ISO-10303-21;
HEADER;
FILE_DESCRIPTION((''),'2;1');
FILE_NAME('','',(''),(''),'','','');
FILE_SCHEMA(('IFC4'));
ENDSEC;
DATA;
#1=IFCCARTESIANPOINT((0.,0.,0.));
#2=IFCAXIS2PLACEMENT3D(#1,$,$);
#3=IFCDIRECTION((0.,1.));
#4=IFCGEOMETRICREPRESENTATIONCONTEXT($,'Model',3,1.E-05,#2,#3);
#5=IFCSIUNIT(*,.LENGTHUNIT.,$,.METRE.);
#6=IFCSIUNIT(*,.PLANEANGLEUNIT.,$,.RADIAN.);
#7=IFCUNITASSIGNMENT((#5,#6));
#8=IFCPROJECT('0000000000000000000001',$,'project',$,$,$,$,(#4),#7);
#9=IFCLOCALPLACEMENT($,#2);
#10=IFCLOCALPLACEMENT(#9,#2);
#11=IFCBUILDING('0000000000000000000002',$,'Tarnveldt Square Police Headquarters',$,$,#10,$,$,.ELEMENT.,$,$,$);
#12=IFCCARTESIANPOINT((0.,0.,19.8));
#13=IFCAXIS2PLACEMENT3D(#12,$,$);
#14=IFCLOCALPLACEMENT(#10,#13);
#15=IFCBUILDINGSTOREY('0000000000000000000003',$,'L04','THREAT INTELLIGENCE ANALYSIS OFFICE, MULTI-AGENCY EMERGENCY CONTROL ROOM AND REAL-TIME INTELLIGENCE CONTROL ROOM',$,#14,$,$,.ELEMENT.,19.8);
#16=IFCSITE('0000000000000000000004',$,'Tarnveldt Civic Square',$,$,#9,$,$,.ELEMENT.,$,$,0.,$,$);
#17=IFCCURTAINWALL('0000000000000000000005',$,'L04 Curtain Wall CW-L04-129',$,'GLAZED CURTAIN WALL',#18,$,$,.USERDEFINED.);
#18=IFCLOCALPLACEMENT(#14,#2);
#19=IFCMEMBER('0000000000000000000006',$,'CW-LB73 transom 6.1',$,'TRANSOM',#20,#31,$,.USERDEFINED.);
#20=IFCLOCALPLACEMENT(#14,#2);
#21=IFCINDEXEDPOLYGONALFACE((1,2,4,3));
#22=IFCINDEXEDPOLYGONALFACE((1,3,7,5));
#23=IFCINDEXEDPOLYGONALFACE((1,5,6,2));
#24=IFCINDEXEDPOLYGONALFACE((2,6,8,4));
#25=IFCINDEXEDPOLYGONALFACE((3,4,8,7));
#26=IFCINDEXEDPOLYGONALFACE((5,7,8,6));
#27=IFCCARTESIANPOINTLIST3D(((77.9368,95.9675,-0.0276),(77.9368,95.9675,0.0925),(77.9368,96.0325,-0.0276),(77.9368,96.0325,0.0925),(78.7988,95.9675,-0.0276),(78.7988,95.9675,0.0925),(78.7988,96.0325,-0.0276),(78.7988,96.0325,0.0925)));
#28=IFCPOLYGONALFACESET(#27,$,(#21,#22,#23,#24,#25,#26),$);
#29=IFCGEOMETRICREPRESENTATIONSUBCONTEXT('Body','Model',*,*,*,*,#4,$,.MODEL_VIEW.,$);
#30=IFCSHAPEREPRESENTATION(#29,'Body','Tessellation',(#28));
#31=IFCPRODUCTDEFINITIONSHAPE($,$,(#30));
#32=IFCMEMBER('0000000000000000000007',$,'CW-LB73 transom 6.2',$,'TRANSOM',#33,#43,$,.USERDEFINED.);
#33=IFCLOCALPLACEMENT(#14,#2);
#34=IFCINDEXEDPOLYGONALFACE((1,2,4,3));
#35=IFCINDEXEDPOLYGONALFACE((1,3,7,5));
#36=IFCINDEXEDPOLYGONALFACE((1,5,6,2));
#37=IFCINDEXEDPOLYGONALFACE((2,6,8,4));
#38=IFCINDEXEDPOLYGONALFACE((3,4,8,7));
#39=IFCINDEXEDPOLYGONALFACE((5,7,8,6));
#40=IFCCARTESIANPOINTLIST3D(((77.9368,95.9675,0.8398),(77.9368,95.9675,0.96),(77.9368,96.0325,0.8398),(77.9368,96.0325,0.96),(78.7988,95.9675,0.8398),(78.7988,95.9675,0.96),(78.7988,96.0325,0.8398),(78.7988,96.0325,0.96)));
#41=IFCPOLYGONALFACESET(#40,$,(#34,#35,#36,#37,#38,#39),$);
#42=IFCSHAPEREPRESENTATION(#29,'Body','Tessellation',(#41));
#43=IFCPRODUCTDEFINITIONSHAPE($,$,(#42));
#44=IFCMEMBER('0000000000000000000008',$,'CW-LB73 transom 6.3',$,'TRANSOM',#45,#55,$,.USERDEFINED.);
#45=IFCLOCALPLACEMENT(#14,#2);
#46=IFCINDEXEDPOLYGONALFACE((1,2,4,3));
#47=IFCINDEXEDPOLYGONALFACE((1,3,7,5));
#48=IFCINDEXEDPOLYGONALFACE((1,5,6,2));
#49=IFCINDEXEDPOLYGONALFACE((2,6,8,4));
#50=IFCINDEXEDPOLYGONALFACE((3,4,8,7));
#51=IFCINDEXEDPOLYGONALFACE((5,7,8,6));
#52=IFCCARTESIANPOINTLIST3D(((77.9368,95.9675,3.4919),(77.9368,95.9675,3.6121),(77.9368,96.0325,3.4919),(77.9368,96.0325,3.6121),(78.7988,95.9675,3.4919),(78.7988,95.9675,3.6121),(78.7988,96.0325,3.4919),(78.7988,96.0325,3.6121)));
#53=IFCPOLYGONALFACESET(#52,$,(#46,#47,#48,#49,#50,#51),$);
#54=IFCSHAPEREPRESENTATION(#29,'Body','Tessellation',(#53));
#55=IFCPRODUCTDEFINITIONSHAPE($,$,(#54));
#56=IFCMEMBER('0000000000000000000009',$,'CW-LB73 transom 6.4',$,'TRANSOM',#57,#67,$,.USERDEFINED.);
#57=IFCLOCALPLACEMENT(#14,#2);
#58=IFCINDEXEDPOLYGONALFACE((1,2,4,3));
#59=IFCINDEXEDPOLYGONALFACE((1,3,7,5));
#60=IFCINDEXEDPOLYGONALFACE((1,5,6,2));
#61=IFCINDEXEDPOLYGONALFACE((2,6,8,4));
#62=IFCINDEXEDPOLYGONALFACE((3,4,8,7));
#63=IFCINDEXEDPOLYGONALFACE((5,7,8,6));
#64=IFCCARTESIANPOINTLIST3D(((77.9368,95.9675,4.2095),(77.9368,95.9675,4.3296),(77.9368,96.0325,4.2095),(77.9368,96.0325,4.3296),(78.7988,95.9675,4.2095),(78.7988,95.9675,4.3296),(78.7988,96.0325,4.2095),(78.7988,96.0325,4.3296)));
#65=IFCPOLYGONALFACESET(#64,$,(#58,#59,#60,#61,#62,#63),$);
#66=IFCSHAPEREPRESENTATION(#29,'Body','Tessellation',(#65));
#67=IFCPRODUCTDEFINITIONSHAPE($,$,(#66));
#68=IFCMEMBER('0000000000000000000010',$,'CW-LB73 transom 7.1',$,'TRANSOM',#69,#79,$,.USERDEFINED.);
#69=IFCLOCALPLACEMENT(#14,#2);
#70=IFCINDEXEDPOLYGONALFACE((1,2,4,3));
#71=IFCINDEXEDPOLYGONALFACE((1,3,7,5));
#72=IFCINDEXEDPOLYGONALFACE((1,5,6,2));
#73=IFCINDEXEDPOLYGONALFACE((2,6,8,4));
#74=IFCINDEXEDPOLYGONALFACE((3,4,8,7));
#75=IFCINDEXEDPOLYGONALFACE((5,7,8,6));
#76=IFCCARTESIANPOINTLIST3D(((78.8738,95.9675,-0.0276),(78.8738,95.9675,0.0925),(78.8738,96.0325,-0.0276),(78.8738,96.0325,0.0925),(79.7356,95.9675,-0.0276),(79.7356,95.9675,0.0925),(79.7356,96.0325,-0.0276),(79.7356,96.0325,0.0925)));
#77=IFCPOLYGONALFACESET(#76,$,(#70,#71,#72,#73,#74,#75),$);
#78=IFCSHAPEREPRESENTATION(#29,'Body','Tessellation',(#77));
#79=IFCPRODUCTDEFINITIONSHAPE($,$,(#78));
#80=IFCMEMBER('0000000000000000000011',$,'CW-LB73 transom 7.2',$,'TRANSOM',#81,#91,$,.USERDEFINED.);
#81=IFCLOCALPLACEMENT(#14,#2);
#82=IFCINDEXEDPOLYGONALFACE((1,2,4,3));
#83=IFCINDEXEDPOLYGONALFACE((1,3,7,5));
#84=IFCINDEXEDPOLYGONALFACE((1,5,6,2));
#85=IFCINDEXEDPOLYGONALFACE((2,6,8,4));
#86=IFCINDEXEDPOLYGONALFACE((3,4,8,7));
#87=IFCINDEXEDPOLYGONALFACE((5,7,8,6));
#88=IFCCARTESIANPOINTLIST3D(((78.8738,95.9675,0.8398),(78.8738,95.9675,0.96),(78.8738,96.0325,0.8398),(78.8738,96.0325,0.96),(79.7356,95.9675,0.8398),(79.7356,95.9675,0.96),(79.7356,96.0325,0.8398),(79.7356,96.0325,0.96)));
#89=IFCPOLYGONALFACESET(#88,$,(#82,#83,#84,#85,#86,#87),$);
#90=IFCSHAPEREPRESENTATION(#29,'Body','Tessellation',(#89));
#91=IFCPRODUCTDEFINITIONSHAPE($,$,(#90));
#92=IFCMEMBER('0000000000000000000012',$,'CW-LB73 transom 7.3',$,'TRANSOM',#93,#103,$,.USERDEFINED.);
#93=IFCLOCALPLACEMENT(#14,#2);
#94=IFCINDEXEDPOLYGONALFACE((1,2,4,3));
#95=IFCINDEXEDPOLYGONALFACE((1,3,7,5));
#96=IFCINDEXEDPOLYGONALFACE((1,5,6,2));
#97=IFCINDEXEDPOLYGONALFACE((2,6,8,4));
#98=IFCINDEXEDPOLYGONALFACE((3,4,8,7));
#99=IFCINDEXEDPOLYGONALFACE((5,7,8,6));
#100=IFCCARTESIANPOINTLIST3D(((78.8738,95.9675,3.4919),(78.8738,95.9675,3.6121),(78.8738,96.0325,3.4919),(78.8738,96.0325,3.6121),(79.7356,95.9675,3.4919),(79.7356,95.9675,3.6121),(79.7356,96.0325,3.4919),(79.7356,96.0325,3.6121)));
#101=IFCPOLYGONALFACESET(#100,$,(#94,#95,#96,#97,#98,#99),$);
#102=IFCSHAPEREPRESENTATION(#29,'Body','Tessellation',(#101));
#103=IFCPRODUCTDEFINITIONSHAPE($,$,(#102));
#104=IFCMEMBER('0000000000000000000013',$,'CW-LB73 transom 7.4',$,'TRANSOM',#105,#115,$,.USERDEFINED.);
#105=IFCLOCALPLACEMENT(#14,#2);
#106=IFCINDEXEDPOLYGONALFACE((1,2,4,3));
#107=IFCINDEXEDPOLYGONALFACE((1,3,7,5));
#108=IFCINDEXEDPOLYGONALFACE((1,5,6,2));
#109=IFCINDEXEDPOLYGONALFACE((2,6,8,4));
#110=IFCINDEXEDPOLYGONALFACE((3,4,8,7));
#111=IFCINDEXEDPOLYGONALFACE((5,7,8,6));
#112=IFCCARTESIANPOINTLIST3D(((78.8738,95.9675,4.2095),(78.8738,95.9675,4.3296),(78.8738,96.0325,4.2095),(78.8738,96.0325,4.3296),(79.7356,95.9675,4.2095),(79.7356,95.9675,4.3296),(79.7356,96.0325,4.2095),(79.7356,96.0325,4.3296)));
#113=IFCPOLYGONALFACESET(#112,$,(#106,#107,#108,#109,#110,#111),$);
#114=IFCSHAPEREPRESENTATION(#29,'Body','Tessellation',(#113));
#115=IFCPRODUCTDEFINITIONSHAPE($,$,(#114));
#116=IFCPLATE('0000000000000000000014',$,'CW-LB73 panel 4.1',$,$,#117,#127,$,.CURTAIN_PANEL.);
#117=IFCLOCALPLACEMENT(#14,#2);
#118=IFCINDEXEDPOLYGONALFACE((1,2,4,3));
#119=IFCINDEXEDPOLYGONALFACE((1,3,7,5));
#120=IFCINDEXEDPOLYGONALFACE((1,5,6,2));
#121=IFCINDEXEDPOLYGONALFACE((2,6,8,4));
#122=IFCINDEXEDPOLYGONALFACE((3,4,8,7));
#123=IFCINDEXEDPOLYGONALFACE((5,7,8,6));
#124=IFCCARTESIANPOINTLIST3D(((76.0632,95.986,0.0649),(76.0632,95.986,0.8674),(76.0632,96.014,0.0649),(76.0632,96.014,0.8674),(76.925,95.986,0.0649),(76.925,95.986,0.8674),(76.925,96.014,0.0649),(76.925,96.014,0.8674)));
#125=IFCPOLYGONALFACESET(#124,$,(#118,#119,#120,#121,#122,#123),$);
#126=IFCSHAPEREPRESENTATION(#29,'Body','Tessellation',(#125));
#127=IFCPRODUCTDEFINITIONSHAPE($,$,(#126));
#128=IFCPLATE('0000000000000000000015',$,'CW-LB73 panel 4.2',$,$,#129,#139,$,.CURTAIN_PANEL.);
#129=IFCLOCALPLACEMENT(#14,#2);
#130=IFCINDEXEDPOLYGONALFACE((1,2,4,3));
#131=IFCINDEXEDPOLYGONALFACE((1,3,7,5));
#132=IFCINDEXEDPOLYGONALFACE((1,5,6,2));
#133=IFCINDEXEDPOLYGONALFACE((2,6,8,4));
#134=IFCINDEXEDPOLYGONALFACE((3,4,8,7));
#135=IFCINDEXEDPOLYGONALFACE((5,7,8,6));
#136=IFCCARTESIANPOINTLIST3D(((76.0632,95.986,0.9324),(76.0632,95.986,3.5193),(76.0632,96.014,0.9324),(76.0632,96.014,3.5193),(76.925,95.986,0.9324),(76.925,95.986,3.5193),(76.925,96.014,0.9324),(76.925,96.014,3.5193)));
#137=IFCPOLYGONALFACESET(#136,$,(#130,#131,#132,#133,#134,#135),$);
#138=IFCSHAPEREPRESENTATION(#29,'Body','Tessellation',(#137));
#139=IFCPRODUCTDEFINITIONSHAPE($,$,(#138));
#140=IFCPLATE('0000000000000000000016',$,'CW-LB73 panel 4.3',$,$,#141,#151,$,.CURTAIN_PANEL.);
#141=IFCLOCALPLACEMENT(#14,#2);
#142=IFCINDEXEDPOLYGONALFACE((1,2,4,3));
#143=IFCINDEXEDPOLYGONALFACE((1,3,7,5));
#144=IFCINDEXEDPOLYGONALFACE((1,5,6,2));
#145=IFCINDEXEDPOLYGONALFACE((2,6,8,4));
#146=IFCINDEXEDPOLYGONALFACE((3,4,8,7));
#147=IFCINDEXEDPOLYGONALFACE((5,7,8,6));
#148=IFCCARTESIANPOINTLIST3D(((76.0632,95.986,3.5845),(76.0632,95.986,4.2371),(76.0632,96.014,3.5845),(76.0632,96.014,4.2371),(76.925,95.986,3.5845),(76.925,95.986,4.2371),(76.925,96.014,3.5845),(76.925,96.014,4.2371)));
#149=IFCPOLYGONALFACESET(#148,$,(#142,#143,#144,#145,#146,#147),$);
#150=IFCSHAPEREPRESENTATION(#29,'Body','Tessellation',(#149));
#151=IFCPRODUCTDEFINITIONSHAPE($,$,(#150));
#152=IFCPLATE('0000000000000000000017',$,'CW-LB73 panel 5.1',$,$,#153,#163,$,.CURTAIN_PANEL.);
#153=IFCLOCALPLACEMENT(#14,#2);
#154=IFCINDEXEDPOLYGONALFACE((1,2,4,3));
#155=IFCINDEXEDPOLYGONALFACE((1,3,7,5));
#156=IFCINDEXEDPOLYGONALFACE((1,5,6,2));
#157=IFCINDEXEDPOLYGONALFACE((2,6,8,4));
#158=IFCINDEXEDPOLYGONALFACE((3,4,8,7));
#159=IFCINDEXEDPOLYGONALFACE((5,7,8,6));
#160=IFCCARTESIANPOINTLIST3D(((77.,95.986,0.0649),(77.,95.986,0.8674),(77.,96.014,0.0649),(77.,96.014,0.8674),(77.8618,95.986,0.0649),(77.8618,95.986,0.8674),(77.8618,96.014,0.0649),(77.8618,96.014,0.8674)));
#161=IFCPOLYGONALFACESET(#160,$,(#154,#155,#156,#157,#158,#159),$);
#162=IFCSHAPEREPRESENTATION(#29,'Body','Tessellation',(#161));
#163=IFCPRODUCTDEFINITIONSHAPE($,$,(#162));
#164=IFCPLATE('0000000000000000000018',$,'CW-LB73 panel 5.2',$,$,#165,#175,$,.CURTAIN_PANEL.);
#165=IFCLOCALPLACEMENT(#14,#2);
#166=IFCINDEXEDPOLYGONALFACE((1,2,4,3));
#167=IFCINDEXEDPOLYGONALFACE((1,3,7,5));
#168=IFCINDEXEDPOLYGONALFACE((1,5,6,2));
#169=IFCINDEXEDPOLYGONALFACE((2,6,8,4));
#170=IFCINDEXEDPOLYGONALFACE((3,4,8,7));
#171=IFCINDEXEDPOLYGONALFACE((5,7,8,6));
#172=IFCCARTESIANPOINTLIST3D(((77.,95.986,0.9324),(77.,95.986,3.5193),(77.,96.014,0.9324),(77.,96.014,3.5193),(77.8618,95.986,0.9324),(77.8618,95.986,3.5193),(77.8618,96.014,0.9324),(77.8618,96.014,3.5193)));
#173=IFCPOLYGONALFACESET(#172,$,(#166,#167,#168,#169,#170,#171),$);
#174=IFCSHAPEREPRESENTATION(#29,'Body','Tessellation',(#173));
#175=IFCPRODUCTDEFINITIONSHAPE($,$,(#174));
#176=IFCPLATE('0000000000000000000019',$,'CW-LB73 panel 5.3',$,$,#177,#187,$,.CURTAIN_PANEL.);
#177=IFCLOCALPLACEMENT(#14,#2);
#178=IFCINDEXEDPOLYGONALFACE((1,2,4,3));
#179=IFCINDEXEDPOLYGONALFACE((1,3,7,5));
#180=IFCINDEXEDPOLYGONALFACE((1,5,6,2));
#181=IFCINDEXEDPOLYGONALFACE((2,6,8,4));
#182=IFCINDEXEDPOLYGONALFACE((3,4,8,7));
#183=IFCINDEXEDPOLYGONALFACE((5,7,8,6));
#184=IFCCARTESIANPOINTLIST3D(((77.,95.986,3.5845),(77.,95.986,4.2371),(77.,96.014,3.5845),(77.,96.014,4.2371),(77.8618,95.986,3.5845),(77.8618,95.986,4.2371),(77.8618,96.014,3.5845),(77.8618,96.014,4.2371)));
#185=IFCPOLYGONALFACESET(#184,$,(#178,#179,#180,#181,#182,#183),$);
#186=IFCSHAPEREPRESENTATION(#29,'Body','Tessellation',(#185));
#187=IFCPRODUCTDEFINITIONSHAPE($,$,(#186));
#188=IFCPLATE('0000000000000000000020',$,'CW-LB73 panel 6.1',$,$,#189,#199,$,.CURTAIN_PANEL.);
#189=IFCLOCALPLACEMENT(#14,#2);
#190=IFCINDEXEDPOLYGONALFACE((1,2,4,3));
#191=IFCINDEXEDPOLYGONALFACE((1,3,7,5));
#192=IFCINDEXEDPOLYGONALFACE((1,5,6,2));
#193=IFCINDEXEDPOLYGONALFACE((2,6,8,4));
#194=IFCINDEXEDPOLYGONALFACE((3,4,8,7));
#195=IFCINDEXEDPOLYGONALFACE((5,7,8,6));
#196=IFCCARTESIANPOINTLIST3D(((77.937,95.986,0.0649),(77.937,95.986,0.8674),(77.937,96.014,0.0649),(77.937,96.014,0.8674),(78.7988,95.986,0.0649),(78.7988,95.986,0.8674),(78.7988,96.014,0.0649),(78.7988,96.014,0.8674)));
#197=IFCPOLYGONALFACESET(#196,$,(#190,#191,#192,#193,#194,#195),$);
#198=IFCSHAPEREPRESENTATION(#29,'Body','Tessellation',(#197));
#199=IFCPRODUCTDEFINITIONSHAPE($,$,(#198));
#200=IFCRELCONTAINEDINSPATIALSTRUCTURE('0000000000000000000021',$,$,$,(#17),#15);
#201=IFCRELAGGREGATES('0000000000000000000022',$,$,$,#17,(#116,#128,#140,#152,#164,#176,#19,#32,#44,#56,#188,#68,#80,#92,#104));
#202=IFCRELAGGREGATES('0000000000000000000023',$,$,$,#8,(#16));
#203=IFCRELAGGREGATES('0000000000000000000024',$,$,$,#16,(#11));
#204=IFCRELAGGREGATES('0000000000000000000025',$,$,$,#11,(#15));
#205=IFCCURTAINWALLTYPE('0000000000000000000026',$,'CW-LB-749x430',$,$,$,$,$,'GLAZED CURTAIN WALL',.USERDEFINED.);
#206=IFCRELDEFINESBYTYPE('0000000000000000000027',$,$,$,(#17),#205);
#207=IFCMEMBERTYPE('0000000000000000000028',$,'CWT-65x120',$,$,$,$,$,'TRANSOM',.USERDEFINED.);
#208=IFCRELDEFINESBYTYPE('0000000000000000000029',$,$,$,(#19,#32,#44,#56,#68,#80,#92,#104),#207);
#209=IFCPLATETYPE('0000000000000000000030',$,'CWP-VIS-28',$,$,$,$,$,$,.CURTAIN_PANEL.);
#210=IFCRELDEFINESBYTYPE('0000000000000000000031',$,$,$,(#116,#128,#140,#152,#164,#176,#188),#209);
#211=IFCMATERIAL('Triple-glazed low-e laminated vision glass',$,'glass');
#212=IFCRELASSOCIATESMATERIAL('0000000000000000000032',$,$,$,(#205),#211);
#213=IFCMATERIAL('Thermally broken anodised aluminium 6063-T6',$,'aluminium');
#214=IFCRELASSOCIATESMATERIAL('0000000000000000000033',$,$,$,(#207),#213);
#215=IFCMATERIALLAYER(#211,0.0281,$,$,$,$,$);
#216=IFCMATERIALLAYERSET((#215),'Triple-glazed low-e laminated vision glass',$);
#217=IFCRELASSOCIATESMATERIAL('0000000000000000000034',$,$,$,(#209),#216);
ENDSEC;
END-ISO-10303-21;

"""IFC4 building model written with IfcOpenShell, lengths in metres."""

from ifc_helpers import new_model, si_unit, direction, frame, origin, origin_2d, place, context, subcontext, project, spatial, rectangle, extrude, material, layer, layer_set, material_profile, profile_set, type_object, element, aggregate, save


model = new_model("IFC4")

# Units and contexts
model_context = context("Model", 3, precision=1e-05, world=origin(), true_north=direction((0.0, 1.0)))
body_context = subcontext(model_context, "Body", "Model", "MODEL_VIEW")
ifc_project = project(units=[si_unit("LENGTHUNIT", "METRE"), si_unit("PLANEANGLEUNIT", "RADIAN")], contexts=[model_context])

# Site, building, storey
site_placement = place(None, origin())
site = spatial("IfcSite", under=ifc_project, at=site_placement, Name="Tarnveldt Civic Square", CompositionType="ELEMENT", RefElevation=0.0)
building_placement = place(site_placement, origin())
building = spatial("IfcBuilding", under=site, at=building_placement, Name="Tarnveldt Square Police Headquarters", CompositionType="ELEMENT")
storey_placement = place(building_placement, frame((0.0, 0.0, 19.8)))
storey = spatial("IfcBuildingStorey", under=building, at=storey_placement, Name="L04", Description="THREAT INTELLIGENCE ANALYSIS OFFICE, MULTI-AGENCY EMERGENCY CONTROL ROOM AND REAL-TIME INTELLIGENCE CONTROL ROOM", CompositionType="ELEMENT", Elevation=19.8)

# Curtain wall, members, plates
ifc_material_1 = material(Name="Triple-glazed low-e laminated vision glass", Category="glass")
curtain_wall_type = type_object("IfcCurtainWallType", Name="CW-LB-749x430", ElementType="GLAZED CURTAIN WALL", PredefinedType="USERDEFINED", material=ifc_material_1)
curtain_wall_placement = place(storey_placement, origin())
curtain_wall = element("IfcCurtainWall", 1, at=curtain_wall_placement, inside=storey, type_object=curtain_wall_type, Name="L04 Curtain Wall CW-L04-129", ObjectType="GLAZED CURTAIN WALL", PredefinedType="USERDEFINED")
ifc_material_2 = material(Name="Thermally broken anodised aluminium 6063-T6", Category="aluminium")
ifc_material_profile_1 = material_profile(ifc_material_2, rectangle(XDim=0.0649, YDim=0.1201, at=origin_2d()), Name="CW-T65x120")
ifc_profile_set_1 = profile_set([ifc_material_profile_1], Name="Thermally broken anodised aluminium 6063-T6")
member_type_1 = type_object("IfcMemberType", Name="CWT-65x120", ElementType="TRANSOM", PredefinedType="USERDEFINED", material=ifc_profile_set_1)
member_1_placement = place(storey_placement, frame((77.9368, 96.0, 0.0325), z_axis=(1.0, 0.0, 0.0), x_axis=(0.0, 1.0, 0.0)))
member_1 = element("IfcMember", 2, at=member_1_placement, type_object=member_type_1, Name="CW-LB73 transom 6.1", ObjectType="TRANSOM", PredefinedType="USERDEFINED", context=body_context, shape_type="SweptSolid", body=[
    extrude(rectangle(XDim=0.0649, YDim=0.1201, at=origin_2d()), origin(), (0.0, 0.0, 1.0), 0.8621),
])
member_2_placement = place(storey_placement, frame((77.9368, 96.0, 0.8999), z_axis=(1.0, 0.0, 0.0), x_axis=(0.0, 1.0, 0.0)))
member_2 = element("IfcMember", 3, at=member_2_placement, type_object=member_type_1, Name="CW-LB73 transom 6.2", ObjectType="TRANSOM", PredefinedType="USERDEFINED", context=body_context, shape_type="SweptSolid", body=[
    extrude(rectangle(XDim=0.0649, YDim=0.1201, at=origin_2d()), origin(), (0.0, 0.0, 1.0), 0.8621),
])
member_3_placement = place(storey_placement, frame((77.9368, 96.0, 3.552), z_axis=(1.0, 0.0, 0.0), x_axis=(0.0, 1.0, 0.0)))
member_3 = element("IfcMember", 4, at=member_3_placement, type_object=member_type_1, Name="CW-LB73 transom 6.3", ObjectType="TRANSOM", PredefinedType="USERDEFINED", context=body_context, shape_type="SweptSolid", body=[
    extrude(rectangle(XDim=0.0649, YDim=0.1201, at=origin_2d()), origin(), (0.0, 0.0, 1.0), 0.8621),
])
member_4_placement = place(storey_placement, frame((77.9368, 96.0, 4.2695), z_axis=(1.0, 0.0, 0.0), x_axis=(0.0, 1.0, 0.0)))
member_4 = element("IfcMember", 5, at=member_4_placement, type_object=member_type_1, Name="CW-LB73 transom 6.4", ObjectType="TRANSOM", PredefinedType="USERDEFINED", context=body_context, shape_type="SweptSolid", body=[
    extrude(rectangle(XDim=0.0649, YDim=0.1201, at=origin_2d()), origin(), (0.0, 0.0, 1.0), 0.8621),
])
member_5_placement = place(storey_placement, frame((78.8738, 96.0, 0.0325), z_axis=(1.0, 0.0, 0.0), x_axis=(0.0, 1.0, 0.0)))
member_5 = element("IfcMember", 6, at=member_5_placement, type_object=member_type_1, Name="CW-LB73 transom 7.1", ObjectType="TRANSOM", PredefinedType="USERDEFINED", context=body_context, shape_type="SweptSolid", body=[
    extrude(rectangle(XDim=0.0649, YDim=0.1201, at=origin_2d()), origin(), (0.0, 0.0, 1.0), 0.8618),
])
member_6_placement = place(storey_placement, frame((78.8738, 96.0, 0.8999), z_axis=(1.0, 0.0, 0.0), x_axis=(0.0, 1.0, 0.0)))
member_6 = element("IfcMember", 7, at=member_6_placement, type_object=member_type_1, Name="CW-LB73 transom 7.2", ObjectType="TRANSOM", PredefinedType="USERDEFINED", context=body_context, shape_type="SweptSolid", body=[
    extrude(rectangle(XDim=0.0649, YDim=0.1201, at=origin_2d()), origin(), (0.0, 0.0, 1.0), 0.8618),
])
member_7_placement = place(storey_placement, frame((78.8738, 96.0, 3.552), z_axis=(1.0, 0.0, 0.0), x_axis=(0.0, 1.0, 0.0)))
member_7 = element("IfcMember", 8, at=member_7_placement, type_object=member_type_1, Name="CW-LB73 transom 7.3", ObjectType="TRANSOM", PredefinedType="USERDEFINED", context=body_context, shape_type="SweptSolid", body=[
    extrude(rectangle(XDim=0.0649, YDim=0.1201, at=origin_2d()), origin(), (0.0, 0.0, 1.0), 0.8618),
])
member_8_placement = place(storey_placement, frame((78.8738, 96.0, 4.2695), z_axis=(1.0, 0.0, 0.0), x_axis=(0.0, 1.0, 0.0)))
member_8 = element("IfcMember", 9, at=member_8_placement, type_object=member_type_1, Name="CW-LB73 transom 7.4", ObjectType="TRANSOM", PredefinedType="USERDEFINED", context=body_context, shape_type="SweptSolid", body=[
    extrude(rectangle(XDim=0.0649, YDim=0.1201, at=origin_2d()), origin(), (0.0, 0.0, 1.0), 0.8618),
])
ifc_layer_1 = layer(ifc_material_1, 0.0281)
ifc_layer_set_1 = layer_set([ifc_layer_1], Name="Triple-glazed low-e laminated vision glass")
plate_type = type_object("IfcPlateType", Name="CWP-VIS-28", PredefinedType="CURTAIN_PANEL", material=ifc_layer_set_1)
plate_1_placement = place(storey_placement, frame((76.4941, 96.0, 0.0649), z_axis=(0.0, 0.0, 1.0), x_axis=(1.0, 0.0, 0.0)))
plate_1 = element("IfcPlate", 10, at=plate_1_placement, type_object=plate_type, Name="CW-LB73 panel 4.1", PredefinedType="CURTAIN_PANEL", context=body_context, shape_type="SweptSolid", body=[
    extrude(rectangle(XDim=0.8618, YDim=0.0281, at=origin_2d()), origin(), (0.0, 0.0, 1.0), 0.8025),
])
plate_2_placement = place(storey_placement, frame((76.4941, 96.0, 0.9324), z_axis=(0.0, 0.0, 1.0), x_axis=(1.0, 0.0, 0.0)))
plate_2 = element("IfcPlate", 11, at=plate_2_placement, type_object=plate_type, Name="CW-LB73 panel 4.2", PredefinedType="CURTAIN_PANEL", context=body_context, shape_type="SweptSolid", body=[
    extrude(rectangle(XDim=0.8618, YDim=0.0281, at=origin_2d()), origin(), (0.0, 0.0, 1.0), 2.5869),
])
plate_3_placement = place(storey_placement, frame((76.4941, 96.0, 3.5845), z_axis=(0.0, 0.0, 1.0), x_axis=(1.0, 0.0, 0.0)))
plate_3 = element("IfcPlate", 12, at=plate_3_placement, type_object=plate_type, Name="CW-LB73 panel 4.3", PredefinedType="CURTAIN_PANEL", context=body_context, shape_type="SweptSolid", body=[
    extrude(rectangle(XDim=0.8618, YDim=0.0281, at=origin_2d()), origin(), (0.0, 0.0, 1.0), 0.6526),
])
plate_4_placement = place(storey_placement, frame((77.4309, 96.0, 0.0649), z_axis=(0.0, 0.0, 1.0), x_axis=(1.0, 0.0, 0.0)))
plate_4 = element("IfcPlate", 13, at=plate_4_placement, type_object=plate_type, Name="CW-LB73 panel 5.1", PredefinedType="CURTAIN_PANEL", context=body_context, shape_type="SweptSolid", body=[
    extrude(rectangle(XDim=0.8618, YDim=0.0281, at=origin_2d()), origin(), (0.0, 0.0, 1.0), 0.8025),
])
plate_5_placement = place(storey_placement, frame((77.4309, 96.0, 0.9324), z_axis=(0.0, 0.0, 1.0), x_axis=(1.0, 0.0, 0.0)))
plate_5 = element("IfcPlate", 14, at=plate_5_placement, type_object=plate_type, Name="CW-LB73 panel 5.2", PredefinedType="CURTAIN_PANEL", context=body_context, shape_type="SweptSolid", body=[
    extrude(rectangle(XDim=0.8618, YDim=0.0281, at=origin_2d()), origin(), (0.0, 0.0, 1.0), 2.5869),
])
plate_6_placement = place(storey_placement, frame((77.4309, 96.0, 3.5845), z_axis=(0.0, 0.0, 1.0), x_axis=(1.0, 0.0, 0.0)))
plate_6 = element("IfcPlate", 15, at=plate_6_placement, type_object=plate_type, Name="CW-LB73 panel 5.3", PredefinedType="CURTAIN_PANEL", context=body_context, shape_type="SweptSolid", body=[
    extrude(rectangle(XDim=0.8618, YDim=0.0281, at=origin_2d()), origin(), (0.0, 0.0, 1.0), 0.6526),
])
plate_7_placement = place(storey_placement, frame((78.3679, 96.0, 0.0649), z_axis=(0.0, 0.0, 1.0), x_axis=(1.0, 0.0, 0.0)))
plate_7 = element("IfcPlate", 16, at=plate_7_placement, type_object=plate_type, Name="CW-LB73 panel 6.1", PredefinedType="CURTAIN_PANEL", context=body_context, shape_type="SweptSolid", body=[
    extrude(rectangle(XDim=0.8618, YDim=0.0281, at=origin_2d()), origin(), (0.0, 0.0, 1.0), 0.8025),
])
aggregate(curtain_wall, [plate_1, plate_2, plate_3, plate_4, plate_5, plate_6, member_1, member_2, member_3, member_4, plate_7, member_5, member_6, member_7, member_8])

save(model, "model.ifc")
